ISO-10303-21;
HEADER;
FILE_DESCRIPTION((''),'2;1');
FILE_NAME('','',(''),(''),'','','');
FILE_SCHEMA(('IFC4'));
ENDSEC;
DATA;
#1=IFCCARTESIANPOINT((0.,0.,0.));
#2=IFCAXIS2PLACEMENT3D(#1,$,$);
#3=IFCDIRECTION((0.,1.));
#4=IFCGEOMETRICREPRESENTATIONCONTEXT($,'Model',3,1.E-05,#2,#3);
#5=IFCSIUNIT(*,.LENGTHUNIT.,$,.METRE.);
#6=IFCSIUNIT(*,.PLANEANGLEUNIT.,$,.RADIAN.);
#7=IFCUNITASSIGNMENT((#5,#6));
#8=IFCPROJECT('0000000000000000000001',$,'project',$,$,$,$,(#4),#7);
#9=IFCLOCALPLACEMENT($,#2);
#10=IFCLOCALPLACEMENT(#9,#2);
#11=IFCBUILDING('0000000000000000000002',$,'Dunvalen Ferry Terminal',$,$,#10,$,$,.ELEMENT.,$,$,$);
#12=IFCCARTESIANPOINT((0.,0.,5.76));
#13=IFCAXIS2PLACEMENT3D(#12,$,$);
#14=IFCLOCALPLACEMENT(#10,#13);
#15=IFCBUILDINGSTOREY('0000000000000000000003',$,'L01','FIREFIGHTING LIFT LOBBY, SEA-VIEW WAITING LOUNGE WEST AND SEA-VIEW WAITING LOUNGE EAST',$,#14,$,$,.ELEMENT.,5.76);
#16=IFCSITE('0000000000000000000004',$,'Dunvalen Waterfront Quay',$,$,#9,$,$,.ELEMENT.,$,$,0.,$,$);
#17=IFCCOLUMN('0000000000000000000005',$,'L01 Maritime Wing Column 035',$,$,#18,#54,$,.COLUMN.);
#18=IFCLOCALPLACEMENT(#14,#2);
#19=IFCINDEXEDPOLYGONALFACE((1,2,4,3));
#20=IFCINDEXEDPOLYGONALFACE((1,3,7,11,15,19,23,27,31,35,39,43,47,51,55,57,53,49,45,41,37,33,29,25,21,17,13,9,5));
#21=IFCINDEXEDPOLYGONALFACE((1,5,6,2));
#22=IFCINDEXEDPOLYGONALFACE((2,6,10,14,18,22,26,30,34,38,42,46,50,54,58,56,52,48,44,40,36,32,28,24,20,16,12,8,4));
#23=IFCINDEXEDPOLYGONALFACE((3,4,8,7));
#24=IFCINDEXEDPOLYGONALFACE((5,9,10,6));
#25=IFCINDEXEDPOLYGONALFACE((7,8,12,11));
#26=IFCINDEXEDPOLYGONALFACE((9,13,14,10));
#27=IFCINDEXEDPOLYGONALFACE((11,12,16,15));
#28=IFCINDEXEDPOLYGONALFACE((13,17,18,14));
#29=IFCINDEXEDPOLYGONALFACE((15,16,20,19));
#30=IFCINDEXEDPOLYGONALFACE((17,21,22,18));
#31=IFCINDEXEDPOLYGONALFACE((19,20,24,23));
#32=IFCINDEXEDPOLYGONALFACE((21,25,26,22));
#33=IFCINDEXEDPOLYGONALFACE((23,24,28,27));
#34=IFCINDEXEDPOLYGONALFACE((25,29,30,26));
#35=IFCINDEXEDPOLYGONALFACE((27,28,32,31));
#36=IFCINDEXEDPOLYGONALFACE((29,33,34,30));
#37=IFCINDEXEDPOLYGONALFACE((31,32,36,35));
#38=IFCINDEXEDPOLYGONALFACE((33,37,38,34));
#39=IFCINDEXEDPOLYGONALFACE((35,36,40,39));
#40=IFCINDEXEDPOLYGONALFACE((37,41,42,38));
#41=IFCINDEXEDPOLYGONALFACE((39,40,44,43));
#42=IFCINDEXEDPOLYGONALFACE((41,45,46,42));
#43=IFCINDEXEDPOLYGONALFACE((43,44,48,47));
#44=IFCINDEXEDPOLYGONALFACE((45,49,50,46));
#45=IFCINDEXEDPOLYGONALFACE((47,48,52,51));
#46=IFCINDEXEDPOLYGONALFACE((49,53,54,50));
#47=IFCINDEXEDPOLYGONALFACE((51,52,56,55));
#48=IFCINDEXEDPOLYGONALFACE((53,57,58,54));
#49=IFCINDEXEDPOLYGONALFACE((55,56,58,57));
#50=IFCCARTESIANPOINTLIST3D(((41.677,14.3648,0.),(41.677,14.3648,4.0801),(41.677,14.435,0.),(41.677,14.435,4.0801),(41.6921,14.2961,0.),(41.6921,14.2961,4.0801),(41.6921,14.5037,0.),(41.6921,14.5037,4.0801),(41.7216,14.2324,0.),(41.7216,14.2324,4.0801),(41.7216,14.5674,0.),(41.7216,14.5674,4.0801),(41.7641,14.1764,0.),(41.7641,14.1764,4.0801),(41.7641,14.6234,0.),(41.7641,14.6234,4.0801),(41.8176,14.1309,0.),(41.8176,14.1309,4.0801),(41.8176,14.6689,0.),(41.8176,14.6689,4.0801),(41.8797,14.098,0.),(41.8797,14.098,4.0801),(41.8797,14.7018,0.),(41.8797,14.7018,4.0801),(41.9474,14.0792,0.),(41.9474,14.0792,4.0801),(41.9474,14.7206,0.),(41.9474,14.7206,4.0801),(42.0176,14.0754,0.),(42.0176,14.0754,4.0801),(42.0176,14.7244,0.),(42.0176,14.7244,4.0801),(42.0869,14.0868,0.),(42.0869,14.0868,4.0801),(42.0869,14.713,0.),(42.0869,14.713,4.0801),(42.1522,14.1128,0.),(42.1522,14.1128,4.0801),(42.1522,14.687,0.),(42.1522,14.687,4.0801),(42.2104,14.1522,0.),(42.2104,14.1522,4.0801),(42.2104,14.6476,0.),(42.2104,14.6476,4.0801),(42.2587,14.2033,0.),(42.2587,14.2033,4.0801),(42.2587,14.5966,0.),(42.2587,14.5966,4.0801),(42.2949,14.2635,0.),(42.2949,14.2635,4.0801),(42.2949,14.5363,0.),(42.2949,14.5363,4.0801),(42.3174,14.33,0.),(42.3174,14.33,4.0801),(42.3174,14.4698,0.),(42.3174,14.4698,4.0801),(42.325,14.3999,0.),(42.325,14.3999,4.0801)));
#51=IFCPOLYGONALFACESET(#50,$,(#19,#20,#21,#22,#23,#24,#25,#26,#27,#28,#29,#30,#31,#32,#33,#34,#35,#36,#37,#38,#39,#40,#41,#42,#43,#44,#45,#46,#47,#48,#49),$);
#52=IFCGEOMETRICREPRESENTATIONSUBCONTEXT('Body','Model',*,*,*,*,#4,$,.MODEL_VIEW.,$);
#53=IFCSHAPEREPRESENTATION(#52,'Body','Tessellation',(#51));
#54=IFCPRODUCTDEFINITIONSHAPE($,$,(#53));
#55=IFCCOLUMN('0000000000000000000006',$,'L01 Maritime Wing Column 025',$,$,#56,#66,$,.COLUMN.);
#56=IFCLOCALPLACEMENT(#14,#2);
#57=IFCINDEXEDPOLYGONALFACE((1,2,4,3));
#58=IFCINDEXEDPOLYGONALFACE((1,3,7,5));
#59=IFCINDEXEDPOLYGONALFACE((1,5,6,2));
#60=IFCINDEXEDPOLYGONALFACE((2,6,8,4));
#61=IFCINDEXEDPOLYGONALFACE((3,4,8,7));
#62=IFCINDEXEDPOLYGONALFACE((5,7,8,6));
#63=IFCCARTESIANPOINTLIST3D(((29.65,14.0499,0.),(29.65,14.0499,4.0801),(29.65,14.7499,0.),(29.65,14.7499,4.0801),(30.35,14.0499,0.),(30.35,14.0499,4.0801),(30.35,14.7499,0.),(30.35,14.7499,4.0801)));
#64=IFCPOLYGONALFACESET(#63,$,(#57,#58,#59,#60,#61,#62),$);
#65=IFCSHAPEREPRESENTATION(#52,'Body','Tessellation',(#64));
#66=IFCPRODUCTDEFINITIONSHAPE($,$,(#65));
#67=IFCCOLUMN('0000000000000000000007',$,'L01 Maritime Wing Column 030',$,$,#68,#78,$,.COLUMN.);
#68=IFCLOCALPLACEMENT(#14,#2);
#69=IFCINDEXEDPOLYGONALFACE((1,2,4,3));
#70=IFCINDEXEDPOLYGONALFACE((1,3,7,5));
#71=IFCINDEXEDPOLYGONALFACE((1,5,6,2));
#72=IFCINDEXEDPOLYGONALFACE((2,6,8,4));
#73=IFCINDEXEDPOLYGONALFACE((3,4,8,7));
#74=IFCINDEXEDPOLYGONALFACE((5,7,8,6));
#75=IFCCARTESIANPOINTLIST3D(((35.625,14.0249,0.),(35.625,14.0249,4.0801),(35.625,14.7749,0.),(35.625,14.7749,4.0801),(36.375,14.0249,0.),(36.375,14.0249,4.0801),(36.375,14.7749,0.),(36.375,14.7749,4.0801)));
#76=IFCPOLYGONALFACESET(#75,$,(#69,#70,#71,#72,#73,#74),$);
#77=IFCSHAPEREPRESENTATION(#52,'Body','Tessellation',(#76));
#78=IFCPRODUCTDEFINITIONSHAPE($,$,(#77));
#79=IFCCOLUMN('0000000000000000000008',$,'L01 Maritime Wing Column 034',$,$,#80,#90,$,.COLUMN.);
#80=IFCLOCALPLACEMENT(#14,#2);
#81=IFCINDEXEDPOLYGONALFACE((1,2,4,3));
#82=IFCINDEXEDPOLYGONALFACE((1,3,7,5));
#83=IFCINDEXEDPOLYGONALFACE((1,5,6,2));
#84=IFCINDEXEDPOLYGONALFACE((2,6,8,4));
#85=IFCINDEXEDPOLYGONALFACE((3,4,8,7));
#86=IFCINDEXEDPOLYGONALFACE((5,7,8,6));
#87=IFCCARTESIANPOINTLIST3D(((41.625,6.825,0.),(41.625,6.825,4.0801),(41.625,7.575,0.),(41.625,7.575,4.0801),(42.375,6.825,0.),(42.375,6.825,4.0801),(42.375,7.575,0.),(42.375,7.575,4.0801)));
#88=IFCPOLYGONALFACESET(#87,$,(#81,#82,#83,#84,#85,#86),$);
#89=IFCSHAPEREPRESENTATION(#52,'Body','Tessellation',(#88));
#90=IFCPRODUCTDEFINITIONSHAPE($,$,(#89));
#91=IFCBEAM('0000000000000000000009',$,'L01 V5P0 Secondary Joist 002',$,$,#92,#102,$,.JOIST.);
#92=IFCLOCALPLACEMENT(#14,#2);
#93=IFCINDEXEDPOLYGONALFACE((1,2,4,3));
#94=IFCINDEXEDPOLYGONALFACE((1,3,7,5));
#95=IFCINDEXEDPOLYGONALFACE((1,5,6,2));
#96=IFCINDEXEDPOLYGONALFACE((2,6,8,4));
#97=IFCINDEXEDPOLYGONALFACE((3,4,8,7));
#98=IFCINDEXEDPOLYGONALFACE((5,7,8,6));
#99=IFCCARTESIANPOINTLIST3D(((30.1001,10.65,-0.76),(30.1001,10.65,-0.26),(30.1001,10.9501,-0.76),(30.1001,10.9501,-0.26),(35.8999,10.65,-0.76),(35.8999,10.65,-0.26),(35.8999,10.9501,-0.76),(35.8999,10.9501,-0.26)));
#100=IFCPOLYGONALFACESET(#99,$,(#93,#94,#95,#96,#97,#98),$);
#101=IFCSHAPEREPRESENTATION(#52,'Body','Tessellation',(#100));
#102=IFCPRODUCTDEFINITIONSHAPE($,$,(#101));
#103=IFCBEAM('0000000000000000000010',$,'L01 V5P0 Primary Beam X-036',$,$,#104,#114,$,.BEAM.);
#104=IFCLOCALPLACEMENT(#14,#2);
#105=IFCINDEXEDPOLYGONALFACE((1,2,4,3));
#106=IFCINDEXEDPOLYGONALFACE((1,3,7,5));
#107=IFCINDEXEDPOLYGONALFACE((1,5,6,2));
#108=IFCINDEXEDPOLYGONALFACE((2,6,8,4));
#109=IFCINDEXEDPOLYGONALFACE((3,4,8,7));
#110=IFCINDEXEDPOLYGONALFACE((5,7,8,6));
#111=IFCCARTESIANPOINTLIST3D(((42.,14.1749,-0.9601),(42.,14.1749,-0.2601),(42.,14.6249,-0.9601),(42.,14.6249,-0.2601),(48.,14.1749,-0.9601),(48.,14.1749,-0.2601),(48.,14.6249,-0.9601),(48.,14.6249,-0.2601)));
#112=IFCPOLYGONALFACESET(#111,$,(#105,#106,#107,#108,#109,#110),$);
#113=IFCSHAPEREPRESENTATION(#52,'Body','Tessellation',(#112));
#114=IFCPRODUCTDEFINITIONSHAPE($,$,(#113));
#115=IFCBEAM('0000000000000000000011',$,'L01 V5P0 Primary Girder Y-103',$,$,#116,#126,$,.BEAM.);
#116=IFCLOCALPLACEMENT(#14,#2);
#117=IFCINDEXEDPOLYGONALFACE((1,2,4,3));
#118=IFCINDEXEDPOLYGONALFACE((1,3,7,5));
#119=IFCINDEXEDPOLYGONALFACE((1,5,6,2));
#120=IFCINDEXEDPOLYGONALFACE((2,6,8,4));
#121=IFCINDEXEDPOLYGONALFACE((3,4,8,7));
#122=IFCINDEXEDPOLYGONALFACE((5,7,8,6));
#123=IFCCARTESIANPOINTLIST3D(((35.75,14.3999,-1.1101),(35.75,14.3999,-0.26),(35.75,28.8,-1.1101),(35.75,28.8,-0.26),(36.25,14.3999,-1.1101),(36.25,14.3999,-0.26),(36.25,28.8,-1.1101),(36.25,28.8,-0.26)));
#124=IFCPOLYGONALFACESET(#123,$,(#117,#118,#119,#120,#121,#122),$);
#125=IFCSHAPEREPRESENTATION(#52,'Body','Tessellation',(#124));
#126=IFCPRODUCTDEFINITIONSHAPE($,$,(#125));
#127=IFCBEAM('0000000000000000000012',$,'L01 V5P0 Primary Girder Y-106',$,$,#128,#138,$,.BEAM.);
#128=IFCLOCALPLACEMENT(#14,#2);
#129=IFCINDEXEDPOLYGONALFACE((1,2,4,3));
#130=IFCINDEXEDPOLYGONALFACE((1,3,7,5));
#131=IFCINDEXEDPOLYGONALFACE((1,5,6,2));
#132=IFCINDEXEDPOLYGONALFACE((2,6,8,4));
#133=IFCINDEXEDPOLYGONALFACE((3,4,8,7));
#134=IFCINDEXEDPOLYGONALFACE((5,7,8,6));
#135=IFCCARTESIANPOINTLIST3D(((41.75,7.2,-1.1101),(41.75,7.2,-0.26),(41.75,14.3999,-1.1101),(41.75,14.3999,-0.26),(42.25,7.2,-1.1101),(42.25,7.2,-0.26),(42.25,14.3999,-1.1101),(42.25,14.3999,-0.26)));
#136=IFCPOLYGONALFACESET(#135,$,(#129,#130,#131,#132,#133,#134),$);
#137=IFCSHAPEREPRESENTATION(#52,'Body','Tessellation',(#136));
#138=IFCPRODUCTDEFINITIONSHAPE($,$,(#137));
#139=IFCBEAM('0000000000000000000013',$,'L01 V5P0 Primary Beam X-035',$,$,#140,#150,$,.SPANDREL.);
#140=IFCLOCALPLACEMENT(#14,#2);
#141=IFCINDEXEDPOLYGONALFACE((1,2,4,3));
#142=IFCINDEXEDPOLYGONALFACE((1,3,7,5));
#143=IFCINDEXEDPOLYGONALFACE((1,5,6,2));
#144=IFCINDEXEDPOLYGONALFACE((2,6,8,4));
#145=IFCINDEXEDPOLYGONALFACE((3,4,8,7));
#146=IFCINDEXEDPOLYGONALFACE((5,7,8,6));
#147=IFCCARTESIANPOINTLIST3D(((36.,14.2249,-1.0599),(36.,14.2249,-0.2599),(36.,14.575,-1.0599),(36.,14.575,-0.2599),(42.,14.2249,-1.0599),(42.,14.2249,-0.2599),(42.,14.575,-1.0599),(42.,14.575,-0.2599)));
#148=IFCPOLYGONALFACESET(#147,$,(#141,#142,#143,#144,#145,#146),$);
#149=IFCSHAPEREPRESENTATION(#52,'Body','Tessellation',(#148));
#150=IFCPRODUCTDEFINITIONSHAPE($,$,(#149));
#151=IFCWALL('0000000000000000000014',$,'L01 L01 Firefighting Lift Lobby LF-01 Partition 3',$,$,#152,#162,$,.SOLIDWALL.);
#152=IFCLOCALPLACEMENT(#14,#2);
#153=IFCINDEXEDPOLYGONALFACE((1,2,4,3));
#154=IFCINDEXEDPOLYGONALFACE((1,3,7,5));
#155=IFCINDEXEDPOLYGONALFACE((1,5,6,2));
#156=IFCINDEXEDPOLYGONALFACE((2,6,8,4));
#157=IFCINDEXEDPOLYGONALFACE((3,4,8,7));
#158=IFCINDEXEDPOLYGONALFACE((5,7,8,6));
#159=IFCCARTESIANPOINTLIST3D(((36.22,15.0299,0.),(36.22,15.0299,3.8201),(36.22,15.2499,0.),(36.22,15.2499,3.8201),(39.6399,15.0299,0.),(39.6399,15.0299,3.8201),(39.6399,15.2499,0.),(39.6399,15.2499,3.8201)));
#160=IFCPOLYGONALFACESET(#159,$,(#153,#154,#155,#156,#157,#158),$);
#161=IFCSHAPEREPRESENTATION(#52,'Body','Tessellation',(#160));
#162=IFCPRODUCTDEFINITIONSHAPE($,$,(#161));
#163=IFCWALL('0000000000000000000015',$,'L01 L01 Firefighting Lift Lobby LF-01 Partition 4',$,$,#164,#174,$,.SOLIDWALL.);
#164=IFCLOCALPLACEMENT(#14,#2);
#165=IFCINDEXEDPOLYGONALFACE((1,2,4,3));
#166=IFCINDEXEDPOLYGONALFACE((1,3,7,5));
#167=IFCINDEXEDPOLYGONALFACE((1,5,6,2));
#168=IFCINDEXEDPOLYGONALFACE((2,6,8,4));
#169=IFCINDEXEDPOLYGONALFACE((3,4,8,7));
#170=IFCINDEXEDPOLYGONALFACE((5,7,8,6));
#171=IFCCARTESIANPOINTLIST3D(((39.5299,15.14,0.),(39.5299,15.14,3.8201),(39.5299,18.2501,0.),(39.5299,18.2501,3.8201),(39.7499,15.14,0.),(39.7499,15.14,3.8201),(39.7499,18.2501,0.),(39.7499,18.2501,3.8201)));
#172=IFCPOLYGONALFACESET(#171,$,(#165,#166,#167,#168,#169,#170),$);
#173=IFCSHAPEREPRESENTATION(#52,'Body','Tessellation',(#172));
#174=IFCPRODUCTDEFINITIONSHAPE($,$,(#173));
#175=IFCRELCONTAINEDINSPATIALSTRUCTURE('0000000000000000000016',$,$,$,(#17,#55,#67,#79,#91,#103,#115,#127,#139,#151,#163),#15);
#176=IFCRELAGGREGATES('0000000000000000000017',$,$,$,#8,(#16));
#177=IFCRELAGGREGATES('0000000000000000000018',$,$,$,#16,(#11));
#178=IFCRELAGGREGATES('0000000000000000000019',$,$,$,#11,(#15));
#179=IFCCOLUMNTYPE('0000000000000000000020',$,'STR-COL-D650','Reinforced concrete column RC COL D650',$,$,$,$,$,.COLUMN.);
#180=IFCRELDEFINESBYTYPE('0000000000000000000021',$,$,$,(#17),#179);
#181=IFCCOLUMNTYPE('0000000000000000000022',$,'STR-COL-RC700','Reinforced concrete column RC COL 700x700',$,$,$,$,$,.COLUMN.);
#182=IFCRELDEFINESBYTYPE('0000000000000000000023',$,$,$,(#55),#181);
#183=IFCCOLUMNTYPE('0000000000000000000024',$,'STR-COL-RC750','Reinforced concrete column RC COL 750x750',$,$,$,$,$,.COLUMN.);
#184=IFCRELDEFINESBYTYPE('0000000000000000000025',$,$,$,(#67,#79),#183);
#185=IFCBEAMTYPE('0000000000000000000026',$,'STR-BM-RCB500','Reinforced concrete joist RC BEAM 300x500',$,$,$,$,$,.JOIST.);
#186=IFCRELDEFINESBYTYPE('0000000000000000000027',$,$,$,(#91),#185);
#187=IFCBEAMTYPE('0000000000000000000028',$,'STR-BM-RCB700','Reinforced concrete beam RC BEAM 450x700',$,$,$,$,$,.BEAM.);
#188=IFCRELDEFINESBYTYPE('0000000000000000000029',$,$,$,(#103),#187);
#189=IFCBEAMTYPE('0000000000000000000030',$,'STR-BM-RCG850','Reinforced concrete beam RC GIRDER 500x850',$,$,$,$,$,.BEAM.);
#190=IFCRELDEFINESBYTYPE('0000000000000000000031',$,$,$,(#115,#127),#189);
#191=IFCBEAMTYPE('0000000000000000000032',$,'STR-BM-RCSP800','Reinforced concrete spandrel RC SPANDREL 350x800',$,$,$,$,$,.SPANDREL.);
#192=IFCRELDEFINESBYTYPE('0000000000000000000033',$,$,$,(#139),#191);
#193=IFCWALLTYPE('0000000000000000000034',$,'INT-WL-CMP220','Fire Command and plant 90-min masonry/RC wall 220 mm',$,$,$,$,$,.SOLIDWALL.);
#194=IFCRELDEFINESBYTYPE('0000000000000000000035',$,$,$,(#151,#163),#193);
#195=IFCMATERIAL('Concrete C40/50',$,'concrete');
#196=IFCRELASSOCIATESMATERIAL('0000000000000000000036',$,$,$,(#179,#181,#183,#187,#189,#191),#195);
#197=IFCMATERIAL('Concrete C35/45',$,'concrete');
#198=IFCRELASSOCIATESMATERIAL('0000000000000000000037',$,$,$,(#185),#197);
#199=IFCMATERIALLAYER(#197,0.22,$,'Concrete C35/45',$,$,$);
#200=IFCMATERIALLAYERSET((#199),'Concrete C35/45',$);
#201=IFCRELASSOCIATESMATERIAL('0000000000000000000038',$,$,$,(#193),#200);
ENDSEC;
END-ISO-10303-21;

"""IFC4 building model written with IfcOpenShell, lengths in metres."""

from ifc_helpers import new_model, si_unit, direction, frame, frame_2d, origin, origin_2d, place, context, subcontext, project, spatial, rectangle, circle, extrude, material, layer, layer_set, material_profile, profile_set, type_object, element, save


model = new_model("IFC4")

# Units and contexts
model_context = context("Model", 3, precision=1e-05, world=origin(), true_north=direction((0.0, 1.0)))
body_context = subcontext(model_context, "Body", "Model", "MODEL_VIEW")
ifc_project = project(units=[si_unit("LENGTHUNIT", "METRE"), si_unit("PLANEANGLEUNIT", "RADIAN")], contexts=[model_context])

# Site, building, storey
site_placement = place(None, origin())
site = spatial("IfcSite", under=ifc_project, at=site_placement, Name="Dunvalen Waterfront Quay", CompositionType="ELEMENT", RefElevation=0.0)
building_placement = place(site_placement, origin())
building = spatial("IfcBuilding", under=site, at=building_placement, Name="Dunvalen Ferry Terminal", CompositionType="ELEMENT")
storey_placement = place(building_placement, frame((0.0, 0.0, 5.76)))
storey = spatial("IfcBuildingStorey", under=building, at=storey_placement, Name="L01", Description="FIREFIGHTING LIFT LOBBY, SEA-VIEW WAITING LOUNGE WEST AND SEA-VIEW WAITING LOUNGE EAST", CompositionType="ELEMENT", Elevation=5.76)

# Columns
ifc_material_1 = material(Name="Concrete C40/50", Category="concrete")
ifc_material_profile_1 = material_profile(ifc_material_1, circle(Radius=0.325, at=origin_2d()), Name="Concrete C40/50")
ifc_profile_set_1 = profile_set([ifc_material_profile_1], Name="Concrete C40/50")
column_type_1 = type_object("IfcColumnType", Name="STR-COL-D650", Description="Reinforced concrete column RC COL D650", PredefinedType="COLUMN", material=ifc_profile_set_1)
column_1_placement = place(storey_placement, frame((42.0, 14.3999, 0.0), z_axis=(0.0, 0.0, 1.0), x_axis=(1.0, 0.0, 0.0)))
element("IfcColumn", 1, at=column_1_placement, inside=storey, type_object=column_type_1, Name="L01 Maritime Wing Column 035", PredefinedType="COLUMN", context=body_context, shape_type="SweptSolid", body=[
    extrude(circle(Radius=0.325, at=origin_2d()), origin(), (0.0, 0.0, 1.0), 4.0801),
])
ifc_material_profile_2 = material_profile(ifc_material_1, rectangle(XDim=0.7, YDim=0.7, at=origin_2d()), Name="Concrete C40/50")
ifc_profile_set_2 = profile_set([ifc_material_profile_2], Name="Concrete C40/50")
column_type_2 = type_object("IfcColumnType", Name="STR-COL-RC700", Description="Reinforced concrete column RC COL 700x700", PredefinedType="COLUMN", material=ifc_profile_set_2)
column_2_placement = place(storey_placement, frame((30.0, 14.3999, 0.0), z_axis=(0.0, 0.0, 1.0), x_axis=(1.0, 0.0, 0.0)))
element("IfcColumn", 2, at=column_2_placement, inside=storey, type_object=column_type_2, Name="L01 Maritime Wing Column 025", PredefinedType="COLUMN", context=body_context, shape_type="SweptSolid", body=[
    extrude(rectangle(XDim=0.7, YDim=0.7, at=origin_2d()), origin(), (0.0, 0.0, 1.0), 4.0801),
])
ifc_material_profile_3 = material_profile(ifc_material_1, rectangle(XDim=0.75, YDim=0.75, at=origin_2d()), Name="Concrete C40/50")
ifc_profile_set_3 = profile_set([ifc_material_profile_3], Name="Concrete C40/50")
column_type_3 = type_object("IfcColumnType", Name="STR-COL-RC750", Description="Reinforced concrete column RC COL 750x750", PredefinedType="COLUMN", material=ifc_profile_set_3)
for number, where, z_axis, x_axis, name in (
    (3, (36.0, 14.3999, 0.0), (0.0, 0.0, 1.0), (1.0, 0.0, 0.0), "L01 Maritime Wing Column 030"),
    (4, (42.0, 7.2, 0.0), (0.0, 0.0, 1.0), (1.0, 0.0, 0.0), "L01 Maritime Wing Column 034"),
):
    element("IfcColumn", number, at=place(storey_placement, frame(where, z_axis=z_axis, x_axis=x_axis)), inside=storey, type_object=column_type_3, Name=name, PredefinedType="COLUMN", context=body_context, shape_type="SweptSolid", body=[
        extrude(rectangle(XDim=0.75, YDim=0.75, at=origin_2d()), origin(), (0.0, 0.0, 1.0), 4.0801),
    ])

# Beams
ifc_material_2 = material(Name="Concrete C35/45", Category="concrete")
ifc_material_profile_4 = material_profile(ifc_material_2, rectangle(XDim=0.3, YDim=0.5, at=origin_2d()), Name="Concrete C35/45")
ifc_profile_set_4 = profile_set([ifc_material_profile_4], Name="Concrete C35/45")
beam_type_1 = type_object("IfcBeamType", Name="STR-BM-RCB500", Description="Reinforced concrete joist RC BEAM 300x500", PredefinedType="JOIST", material=ifc_profile_set_4)
beam_1_placement = place(storey_placement, frame((30.1001, 10.8, -0.51), z_axis=(1.0, 0.0, 0.0), x_axis=(0.0, 1.0, 0.0)))
element("IfcBeam", 5, at=beam_1_placement, inside=storey, type_object=beam_type_1, Name="L01 V5P0 Secondary Joist 002", PredefinedType="JOIST", context=body_context, shape_type="SweptSolid", body=[
    extrude(rectangle(XDim=0.3, YDim=0.5, at=origin_2d()), origin(), (0.0, 0.0, 1.0), 5.7998),
])
ifc_material_profile_5 = material_profile(ifc_material_1, rectangle(XDim=0.45, YDim=0.7, at=origin_2d()), Name="Concrete C40/50")
ifc_profile_set_5 = profile_set([ifc_material_profile_5], Name="Concrete C40/50")
beam_type_2 = type_object("IfcBeamType", Name="STR-BM-RCB700", Description="Reinforced concrete beam RC BEAM 450x700", PredefinedType="BEAM", material=ifc_profile_set_5)
beam_2_placement = place(storey_placement, frame((42.0, 14.3999, -0.6101), z_axis=(1.0, 0.0, 0.0), x_axis=(0.0, 1.0, 0.0)))
element("IfcBeam", 6, at=beam_2_placement, inside=storey, type_object=beam_type_2, Name="L01 V5P0 Primary Beam X-036", PredefinedType="BEAM", context=body_context, shape_type="SweptSolid", body=[
    extrude(rectangle(XDim=0.45, YDim=0.7, at=origin_2d()), origin(), (0.0, 0.0, 1.0), 6.0),
])
ifc_material_profile_6 = material_profile(ifc_material_1, rectangle(XDim=0.5, YDim=0.8501, at=origin_2d()), Name="Concrete C40/50")
ifc_profile_set_6 = profile_set([ifc_material_profile_6], Name="Concrete C40/50")
beam_type_3 = type_object("IfcBeamType", Name="STR-BM-RCG850", Description="Reinforced concrete beam RC GIRDER 500x850", PredefinedType="BEAM", material=ifc_profile_set_6)
beam_3_placement = place(storey_placement, frame((36.0, 14.3999, -0.6851), z_axis=(0.0, 1.0, 0.0), x_axis=(-1.0, 0.0, 0.0)))
element("IfcBeam", 7, at=beam_3_placement, inside=storey, type_object=beam_type_3, Name="L01 V5P0 Primary Girder Y-103", PredefinedType="BEAM", context=body_context, shape_type="SweptSolid", body=[
    extrude(rectangle(XDim=0.5, YDim=0.8501, at=origin_2d()), origin(), (0.0, 0.0, 1.0), 14.4001),
])
beam_4_placement = place(storey_placement, frame((42.0, 7.2, -0.6851), z_axis=(0.0, 1.0, 0.0), x_axis=(-1.0, 0.0, 0.0)))
element("IfcBeam", 8, at=beam_4_placement, inside=storey, type_object=beam_type_3, Name="L01 V5P0 Primary Girder Y-106", PredefinedType="BEAM", context=body_context, shape_type="SweptSolid", body=[
    extrude(rectangle(XDim=0.5, YDim=0.8501, at=origin_2d()), origin(), (0.0, 0.0, 1.0), 7.2),
])
ifc_material_profile_7 = material_profile(ifc_material_1, rectangle(XDim=0.3501, YDim=0.8, at=origin_2d()), Name="Concrete C40/50")
ifc_profile_set_7 = profile_set([ifc_material_profile_7], Name="Concrete C40/50")
beam_type_4 = type_object("IfcBeamType", Name="STR-BM-RCSP800", Description="Reinforced concrete spandrel RC SPANDREL 350x800", PredefinedType="SPANDREL", material=ifc_profile_set_7)
beam_5_placement = place(storey_placement, frame((36.0, 14.3999, -0.6599), z_axis=(1.0, 0.0, 0.0), x_axis=(0.0, 1.0, 0.0)))
element("IfcBeam", 9, at=beam_5_placement, inside=storey, type_object=beam_type_4, Name="L01 V5P0 Primary Beam X-035", PredefinedType="SPANDREL", context=body_context, shape_type="SweptSolid", body=[
    extrude(rectangle(XDim=0.3501, YDim=0.8, at=origin_2d()), origin(), (0.0, 0.0, 1.0), 6.0),
])

# Shared definitions
ifc_layer_1 = layer(ifc_material_2, 0.22, Name="Concrete C35/45")
ifc_layer_set_1 = layer_set([ifc_layer_1], Name="Concrete C35/45")
wall_type_1 = type_object("IfcWallType", Name="INT-WL-CMP220", Description="Fire Command and plant 90-min masonry/RC wall 220 mm", PredefinedType="SOLIDWALL", material=ifc_layer_set_1)

# Walls
wall_1_placement = place(storey_placement, frame((36.22, 15.1399, 0.0), z_axis=(0.0, 0.0, 1.0), x_axis=(1.0, 0.0, 0.0)))
element("IfcWall", 10, at=wall_1_placement, inside=storey, type_object=wall_type_1, Name="L01 L01 Firefighting Lift Lobby LF-01 Partition 3", PredefinedType="SOLIDWALL", context=body_context, shape_type="SweptSolid", body=[
    extrude(rectangle(XDim=3.4199, YDim=0.22, at=frame_2d((1.71, 0.0))), origin(), (0.0, 0.0, 1.0), 3.8201),
])
wall_2_placement = place(storey_placement, frame((39.6399, 15.1399, 0.0), z_axis=(0.0, 0.0, 1.0), x_axis=(0.0, 1.0, 0.0)))
element("IfcWall", 11, at=wall_2_placement, inside=storey, type_object=wall_type_1, Name="L01 L01 Firefighting Lift Lobby LF-01 Partition 4", PredefinedType="SOLIDWALL", context=body_context, shape_type="SweptSolid", body=[
    extrude(rectangle(XDim=3.1101, YDim=0.22, at=frame_2d((1.5552, 0.0))), origin(), (0.0, 0.0, 1.0), 3.8201),
])

save(model, "model.ifc")
